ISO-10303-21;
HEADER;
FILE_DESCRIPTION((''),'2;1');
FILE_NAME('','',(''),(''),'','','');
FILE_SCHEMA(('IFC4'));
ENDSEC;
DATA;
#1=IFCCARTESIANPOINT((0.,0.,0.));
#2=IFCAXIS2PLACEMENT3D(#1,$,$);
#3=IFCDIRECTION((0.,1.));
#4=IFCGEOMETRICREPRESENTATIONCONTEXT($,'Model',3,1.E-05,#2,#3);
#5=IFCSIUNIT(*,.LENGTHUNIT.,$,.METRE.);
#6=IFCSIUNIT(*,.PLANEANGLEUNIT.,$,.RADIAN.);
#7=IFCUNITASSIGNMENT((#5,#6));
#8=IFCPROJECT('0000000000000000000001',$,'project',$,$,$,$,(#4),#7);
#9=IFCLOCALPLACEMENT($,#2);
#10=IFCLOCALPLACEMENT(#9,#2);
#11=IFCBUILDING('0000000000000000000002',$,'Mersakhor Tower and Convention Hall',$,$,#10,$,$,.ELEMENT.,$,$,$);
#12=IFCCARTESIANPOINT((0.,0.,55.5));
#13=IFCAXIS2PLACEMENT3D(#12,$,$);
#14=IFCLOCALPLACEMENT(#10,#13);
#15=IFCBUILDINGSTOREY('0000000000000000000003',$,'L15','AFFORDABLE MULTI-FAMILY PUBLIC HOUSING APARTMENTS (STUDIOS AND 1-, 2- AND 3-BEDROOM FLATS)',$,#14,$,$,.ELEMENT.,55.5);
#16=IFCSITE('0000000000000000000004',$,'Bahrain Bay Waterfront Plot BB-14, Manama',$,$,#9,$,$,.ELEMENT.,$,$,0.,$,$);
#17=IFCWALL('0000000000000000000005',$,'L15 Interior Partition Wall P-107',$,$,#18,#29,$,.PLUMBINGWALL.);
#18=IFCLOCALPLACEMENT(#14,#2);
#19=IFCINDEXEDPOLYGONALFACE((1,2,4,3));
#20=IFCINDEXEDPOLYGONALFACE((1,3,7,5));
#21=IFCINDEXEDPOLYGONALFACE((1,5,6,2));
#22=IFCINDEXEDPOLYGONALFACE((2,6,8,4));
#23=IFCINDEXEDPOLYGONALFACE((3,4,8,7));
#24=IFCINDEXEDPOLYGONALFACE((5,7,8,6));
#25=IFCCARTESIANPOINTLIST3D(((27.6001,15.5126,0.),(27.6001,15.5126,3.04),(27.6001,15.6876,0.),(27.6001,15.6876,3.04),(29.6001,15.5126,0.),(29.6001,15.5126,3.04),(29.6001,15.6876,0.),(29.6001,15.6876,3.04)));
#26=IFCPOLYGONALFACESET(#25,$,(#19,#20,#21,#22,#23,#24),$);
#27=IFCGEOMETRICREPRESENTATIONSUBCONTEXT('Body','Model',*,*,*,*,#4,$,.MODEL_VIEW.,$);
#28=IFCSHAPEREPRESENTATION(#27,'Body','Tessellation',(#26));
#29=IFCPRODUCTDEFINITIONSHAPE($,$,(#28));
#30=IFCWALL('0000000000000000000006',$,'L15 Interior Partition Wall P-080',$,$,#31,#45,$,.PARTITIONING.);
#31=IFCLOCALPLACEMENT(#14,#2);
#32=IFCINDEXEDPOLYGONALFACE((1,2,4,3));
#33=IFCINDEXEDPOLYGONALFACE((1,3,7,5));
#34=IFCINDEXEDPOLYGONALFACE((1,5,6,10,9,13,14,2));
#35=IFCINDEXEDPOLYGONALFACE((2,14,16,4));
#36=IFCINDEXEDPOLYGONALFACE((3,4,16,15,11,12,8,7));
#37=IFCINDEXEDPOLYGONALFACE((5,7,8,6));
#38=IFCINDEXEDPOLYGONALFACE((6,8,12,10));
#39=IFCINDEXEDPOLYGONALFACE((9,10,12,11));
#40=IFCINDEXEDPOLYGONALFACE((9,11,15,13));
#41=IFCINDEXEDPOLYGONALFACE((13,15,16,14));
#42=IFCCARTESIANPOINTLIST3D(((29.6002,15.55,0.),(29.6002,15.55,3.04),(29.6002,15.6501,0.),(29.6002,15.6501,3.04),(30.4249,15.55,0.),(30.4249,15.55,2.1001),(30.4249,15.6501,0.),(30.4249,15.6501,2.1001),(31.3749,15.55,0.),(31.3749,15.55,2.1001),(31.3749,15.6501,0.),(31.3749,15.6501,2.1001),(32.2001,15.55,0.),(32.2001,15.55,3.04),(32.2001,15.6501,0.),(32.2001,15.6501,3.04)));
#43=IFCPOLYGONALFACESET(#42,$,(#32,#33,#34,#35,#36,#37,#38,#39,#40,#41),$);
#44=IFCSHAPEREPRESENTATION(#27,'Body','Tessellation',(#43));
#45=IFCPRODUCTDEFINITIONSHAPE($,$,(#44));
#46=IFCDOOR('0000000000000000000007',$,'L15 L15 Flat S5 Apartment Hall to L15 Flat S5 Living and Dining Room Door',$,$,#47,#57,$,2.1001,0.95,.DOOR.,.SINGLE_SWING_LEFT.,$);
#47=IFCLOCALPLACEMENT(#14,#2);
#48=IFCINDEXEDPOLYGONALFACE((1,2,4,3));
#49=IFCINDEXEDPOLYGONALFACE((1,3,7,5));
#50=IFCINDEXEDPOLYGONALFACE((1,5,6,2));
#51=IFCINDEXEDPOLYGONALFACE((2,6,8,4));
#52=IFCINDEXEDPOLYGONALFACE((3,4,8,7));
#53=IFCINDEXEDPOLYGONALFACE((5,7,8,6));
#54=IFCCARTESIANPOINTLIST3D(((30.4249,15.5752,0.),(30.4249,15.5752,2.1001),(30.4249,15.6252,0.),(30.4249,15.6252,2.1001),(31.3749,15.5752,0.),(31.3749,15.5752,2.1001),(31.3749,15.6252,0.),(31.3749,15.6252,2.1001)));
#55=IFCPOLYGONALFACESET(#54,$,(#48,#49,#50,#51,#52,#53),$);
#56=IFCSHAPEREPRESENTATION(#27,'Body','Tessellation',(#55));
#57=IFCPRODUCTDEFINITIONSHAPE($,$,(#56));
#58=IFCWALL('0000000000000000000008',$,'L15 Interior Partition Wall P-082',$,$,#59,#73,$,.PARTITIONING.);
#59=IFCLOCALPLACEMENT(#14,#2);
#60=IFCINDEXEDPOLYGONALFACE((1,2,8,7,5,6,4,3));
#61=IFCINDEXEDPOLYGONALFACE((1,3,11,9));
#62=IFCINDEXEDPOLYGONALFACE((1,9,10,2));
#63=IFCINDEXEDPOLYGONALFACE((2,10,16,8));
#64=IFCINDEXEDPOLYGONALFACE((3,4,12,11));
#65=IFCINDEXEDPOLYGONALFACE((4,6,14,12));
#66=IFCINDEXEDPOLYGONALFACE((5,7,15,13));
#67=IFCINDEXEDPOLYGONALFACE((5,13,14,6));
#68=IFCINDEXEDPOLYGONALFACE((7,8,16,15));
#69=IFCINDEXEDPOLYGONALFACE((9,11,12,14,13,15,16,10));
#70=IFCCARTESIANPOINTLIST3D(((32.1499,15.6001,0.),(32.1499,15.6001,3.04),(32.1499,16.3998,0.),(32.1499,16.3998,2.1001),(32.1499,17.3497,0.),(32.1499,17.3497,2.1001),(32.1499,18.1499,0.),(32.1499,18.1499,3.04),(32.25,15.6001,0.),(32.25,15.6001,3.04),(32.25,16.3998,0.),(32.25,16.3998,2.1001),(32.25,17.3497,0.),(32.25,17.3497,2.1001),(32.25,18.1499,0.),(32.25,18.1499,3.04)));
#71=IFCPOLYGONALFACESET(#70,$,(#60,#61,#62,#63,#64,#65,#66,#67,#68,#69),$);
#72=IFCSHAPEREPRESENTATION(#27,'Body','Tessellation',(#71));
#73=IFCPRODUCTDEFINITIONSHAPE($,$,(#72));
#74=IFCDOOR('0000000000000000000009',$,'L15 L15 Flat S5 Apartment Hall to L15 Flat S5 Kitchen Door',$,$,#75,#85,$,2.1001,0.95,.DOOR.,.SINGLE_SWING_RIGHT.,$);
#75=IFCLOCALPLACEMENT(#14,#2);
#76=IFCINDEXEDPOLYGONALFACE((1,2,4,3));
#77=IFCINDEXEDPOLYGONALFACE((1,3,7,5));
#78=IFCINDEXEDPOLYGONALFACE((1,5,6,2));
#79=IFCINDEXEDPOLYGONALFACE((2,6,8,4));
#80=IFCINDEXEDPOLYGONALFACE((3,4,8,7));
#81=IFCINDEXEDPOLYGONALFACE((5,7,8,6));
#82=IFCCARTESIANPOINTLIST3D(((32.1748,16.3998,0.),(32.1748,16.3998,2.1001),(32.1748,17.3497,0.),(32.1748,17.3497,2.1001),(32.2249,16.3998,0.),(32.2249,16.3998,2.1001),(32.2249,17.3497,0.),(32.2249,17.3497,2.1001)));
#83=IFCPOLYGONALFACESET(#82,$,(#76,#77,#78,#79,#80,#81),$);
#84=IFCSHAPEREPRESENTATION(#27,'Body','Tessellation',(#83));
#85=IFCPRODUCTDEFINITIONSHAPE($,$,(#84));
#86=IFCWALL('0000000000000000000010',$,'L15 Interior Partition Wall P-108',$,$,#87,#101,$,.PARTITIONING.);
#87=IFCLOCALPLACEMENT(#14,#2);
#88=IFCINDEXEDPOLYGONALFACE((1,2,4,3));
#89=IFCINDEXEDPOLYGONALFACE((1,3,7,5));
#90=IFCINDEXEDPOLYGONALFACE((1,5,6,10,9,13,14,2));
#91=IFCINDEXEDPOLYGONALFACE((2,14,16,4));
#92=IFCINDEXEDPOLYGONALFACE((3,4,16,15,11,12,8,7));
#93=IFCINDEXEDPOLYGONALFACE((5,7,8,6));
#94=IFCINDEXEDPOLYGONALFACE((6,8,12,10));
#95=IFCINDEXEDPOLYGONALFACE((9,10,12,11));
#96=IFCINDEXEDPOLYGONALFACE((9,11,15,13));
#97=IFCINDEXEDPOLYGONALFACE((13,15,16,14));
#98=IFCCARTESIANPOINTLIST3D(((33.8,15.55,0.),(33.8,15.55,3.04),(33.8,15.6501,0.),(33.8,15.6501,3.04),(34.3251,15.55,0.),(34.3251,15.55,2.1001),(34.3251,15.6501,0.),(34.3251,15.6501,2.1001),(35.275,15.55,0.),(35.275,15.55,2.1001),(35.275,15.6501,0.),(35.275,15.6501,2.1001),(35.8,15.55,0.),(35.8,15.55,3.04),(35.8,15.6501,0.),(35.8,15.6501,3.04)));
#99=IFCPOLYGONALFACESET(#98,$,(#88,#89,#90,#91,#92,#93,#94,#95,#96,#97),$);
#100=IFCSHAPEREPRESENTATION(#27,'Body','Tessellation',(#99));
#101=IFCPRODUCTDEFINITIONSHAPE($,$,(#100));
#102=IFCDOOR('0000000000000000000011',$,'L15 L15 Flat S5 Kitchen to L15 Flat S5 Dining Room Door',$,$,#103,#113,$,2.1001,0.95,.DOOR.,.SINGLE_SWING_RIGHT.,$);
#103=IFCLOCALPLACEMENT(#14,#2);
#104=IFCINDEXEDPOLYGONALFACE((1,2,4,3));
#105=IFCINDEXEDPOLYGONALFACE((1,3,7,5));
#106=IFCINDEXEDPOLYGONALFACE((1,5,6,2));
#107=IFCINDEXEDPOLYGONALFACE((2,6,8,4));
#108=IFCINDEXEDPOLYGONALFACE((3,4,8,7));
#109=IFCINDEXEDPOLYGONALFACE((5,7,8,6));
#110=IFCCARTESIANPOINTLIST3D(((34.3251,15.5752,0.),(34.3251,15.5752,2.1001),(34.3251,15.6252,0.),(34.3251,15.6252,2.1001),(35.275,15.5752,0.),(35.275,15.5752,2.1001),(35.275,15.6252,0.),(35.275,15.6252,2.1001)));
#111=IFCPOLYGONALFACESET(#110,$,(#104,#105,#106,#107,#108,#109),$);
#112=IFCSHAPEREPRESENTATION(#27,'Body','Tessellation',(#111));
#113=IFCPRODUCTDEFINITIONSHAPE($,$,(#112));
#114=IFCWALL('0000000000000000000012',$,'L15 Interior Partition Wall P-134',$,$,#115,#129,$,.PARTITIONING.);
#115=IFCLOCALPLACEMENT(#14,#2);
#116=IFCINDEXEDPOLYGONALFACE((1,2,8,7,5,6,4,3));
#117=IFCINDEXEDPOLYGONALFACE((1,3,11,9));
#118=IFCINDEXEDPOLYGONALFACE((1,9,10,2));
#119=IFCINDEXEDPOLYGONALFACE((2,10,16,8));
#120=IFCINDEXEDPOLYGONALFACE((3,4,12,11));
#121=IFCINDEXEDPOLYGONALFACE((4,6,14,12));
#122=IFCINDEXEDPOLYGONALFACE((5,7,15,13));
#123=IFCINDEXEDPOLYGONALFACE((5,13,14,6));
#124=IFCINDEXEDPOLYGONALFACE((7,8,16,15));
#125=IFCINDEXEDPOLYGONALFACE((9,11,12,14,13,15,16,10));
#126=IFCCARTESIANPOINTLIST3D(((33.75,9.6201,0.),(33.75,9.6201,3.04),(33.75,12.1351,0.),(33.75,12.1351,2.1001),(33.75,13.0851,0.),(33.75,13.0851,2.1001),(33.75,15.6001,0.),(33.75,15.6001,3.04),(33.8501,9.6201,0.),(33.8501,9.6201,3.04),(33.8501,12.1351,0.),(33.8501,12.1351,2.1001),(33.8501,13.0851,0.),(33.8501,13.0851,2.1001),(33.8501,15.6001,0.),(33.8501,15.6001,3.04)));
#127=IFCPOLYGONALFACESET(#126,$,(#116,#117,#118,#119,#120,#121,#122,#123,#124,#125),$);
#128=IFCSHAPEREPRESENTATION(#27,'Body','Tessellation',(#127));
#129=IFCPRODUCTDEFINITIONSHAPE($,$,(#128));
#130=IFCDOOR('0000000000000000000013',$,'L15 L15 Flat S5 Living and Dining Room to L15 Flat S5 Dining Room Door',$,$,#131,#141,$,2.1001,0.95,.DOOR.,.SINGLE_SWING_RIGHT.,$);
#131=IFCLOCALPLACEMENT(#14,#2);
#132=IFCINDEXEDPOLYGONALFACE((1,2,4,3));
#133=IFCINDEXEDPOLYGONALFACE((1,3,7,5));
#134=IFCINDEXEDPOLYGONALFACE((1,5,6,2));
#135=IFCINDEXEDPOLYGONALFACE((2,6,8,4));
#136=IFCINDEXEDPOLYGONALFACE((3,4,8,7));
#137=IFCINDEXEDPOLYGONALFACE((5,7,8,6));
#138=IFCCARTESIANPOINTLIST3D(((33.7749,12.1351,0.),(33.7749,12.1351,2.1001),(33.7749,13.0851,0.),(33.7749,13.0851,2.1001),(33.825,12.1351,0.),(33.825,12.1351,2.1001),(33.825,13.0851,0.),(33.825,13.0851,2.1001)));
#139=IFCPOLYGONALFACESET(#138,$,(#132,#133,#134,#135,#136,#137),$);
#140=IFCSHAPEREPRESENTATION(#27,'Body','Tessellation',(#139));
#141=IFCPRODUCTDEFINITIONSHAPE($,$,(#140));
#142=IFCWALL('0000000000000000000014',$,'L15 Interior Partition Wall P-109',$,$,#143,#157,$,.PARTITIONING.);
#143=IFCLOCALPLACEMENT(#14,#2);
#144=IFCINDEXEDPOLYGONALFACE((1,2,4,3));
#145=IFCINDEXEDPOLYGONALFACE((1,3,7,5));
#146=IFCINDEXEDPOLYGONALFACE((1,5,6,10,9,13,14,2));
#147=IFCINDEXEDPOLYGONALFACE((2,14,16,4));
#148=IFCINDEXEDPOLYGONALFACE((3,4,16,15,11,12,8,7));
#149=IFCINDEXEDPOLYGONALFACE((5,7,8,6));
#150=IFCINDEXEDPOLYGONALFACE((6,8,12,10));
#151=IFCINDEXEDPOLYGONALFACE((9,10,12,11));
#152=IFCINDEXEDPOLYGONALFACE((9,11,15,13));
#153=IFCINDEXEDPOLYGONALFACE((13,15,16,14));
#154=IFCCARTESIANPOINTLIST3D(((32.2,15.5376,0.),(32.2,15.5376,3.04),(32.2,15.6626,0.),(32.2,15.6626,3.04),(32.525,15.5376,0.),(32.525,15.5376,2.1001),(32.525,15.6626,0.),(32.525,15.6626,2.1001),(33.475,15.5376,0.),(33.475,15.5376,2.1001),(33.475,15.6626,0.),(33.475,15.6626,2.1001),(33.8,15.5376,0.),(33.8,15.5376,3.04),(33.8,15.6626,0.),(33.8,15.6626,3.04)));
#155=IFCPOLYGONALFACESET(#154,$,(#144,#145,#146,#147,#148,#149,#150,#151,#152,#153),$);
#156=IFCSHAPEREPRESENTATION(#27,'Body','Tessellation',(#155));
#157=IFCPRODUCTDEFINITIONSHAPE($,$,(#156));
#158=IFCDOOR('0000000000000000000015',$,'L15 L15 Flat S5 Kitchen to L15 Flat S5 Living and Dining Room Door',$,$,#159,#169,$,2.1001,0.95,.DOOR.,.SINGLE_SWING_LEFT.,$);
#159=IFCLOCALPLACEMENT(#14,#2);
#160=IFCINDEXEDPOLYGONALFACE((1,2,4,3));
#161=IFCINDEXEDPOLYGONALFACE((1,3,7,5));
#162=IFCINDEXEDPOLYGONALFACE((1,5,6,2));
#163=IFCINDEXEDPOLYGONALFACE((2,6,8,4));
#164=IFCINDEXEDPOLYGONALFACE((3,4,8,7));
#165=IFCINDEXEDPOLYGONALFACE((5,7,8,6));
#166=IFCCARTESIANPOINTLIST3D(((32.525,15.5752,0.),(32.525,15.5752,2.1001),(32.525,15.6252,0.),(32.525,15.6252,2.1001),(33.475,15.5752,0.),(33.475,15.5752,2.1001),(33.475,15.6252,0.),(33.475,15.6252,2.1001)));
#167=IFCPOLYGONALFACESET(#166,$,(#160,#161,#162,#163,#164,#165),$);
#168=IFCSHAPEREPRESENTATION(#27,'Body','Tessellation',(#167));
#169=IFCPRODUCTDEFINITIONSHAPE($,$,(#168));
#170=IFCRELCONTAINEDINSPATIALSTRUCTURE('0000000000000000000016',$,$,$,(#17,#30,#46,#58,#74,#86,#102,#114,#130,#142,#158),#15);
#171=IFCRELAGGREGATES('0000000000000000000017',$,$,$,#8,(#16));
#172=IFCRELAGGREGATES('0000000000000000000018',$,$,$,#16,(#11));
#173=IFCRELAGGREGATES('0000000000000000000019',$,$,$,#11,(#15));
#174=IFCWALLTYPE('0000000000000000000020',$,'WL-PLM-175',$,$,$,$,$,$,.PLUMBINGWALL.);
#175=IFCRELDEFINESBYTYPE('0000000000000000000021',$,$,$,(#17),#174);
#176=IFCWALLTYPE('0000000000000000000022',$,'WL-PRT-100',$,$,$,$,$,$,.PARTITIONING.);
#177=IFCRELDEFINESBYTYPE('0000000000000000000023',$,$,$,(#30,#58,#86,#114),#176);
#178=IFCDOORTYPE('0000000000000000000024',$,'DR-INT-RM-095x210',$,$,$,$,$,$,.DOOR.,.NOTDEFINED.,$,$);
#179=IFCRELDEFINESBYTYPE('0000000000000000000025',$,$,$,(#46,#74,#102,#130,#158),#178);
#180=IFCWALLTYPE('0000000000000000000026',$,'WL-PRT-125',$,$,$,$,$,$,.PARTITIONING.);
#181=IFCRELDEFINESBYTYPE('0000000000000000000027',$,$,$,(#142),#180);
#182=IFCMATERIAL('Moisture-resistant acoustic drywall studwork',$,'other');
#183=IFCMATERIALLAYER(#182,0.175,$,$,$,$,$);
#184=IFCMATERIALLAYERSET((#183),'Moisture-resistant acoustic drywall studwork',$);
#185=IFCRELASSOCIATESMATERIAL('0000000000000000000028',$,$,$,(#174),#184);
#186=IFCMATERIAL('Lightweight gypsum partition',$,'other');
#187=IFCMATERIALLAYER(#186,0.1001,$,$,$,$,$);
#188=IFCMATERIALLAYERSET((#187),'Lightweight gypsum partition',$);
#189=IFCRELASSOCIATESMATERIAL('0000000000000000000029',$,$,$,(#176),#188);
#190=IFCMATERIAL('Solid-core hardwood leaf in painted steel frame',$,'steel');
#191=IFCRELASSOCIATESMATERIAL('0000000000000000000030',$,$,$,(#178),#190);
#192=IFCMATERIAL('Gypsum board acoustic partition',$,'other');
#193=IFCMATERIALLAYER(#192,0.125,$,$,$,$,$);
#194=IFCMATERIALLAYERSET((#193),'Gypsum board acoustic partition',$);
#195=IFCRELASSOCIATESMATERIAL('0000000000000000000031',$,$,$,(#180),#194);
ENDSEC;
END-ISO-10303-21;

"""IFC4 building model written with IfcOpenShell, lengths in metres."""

from ifc_helpers import new_model, si_unit, direction, frame, frame_2d, origin, place, context, subcontext, project, spatial, rectangle, extrude, material, layer, layer_set, type_object, element, fill, save


model = new_model("IFC4")

# Units and contexts
model_context = context("Model", 3, precision=1e-05, world=origin(), true_north=direction((0.0, 1.0)))
body_context = subcontext(model_context, "Body", "Model", "MODEL_VIEW")
ifc_project = project(units=[si_unit("LENGTHUNIT", "METRE"), si_unit("PLANEANGLEUNIT", "RADIAN")], contexts=[model_context])

# Site, building, storey
site_placement = place(None, origin())
site = spatial("IfcSite", under=ifc_project, at=site_placement, Name="Bahrain Bay Waterfront Plot BB-14, Manama", CompositionType="ELEMENT", RefElevation=0.0)
building_placement = place(site_placement, origin())
building = spatial("IfcBuilding", under=site, at=building_placement, Name="Mersakhor Tower and Convention Hall", CompositionType="ELEMENT")
storey_placement = place(building_placement, frame((0.0, 0.0, 55.5)))
storey = spatial("IfcBuildingStorey", under=building, at=storey_placement, Name="L15", Description="AFFORDABLE MULTI-FAMILY PUBLIC HOUSING APARTMENTS (STUDIOS AND 1-, 2- AND 3-BEDROOM FLATS)", CompositionType="ELEMENT", Elevation=55.5)

# Wall
ifc_material_1 = material(Name="Moisture-resistant acoustic drywall studwork", Category="other")
ifc_layer_1 = layer(ifc_material_1, 0.175)
ifc_layer_set_1 = layer_set([ifc_layer_1], Name="Moisture-resistant acoustic drywall studwork")
wall_type_1 = type_object("IfcWallType", Name="WL-PLM-175", PredefinedType="PLUMBINGWALL", material=ifc_layer_set_1)
wall_1_placement = place(storey_placement, frame((29.6001, 15.6001, 0.0), z_axis=(0.0, 0.0, 1.0), x_axis=(-1.0, 0.0, 0.0)))
element("IfcWall", 1, at=wall_1_placement, inside=storey, type_object=wall_type_1, Name="L15 Interior Partition Wall P-107", PredefinedType="PLUMBINGWALL", context=body_context, shape_type="SweptSolid", body=[
    extrude(rectangle(XDim=2.0, YDim=0.175, at=frame_2d((1.0, 0.0))), origin(), (0.0, 0.0, 1.0), 3.04),
])

# Walls, openings, doors
ifc_material_2 = material(Name="Lightweight gypsum partition", Category="other")
ifc_layer_2 = layer(ifc_material_2, 0.1001)
ifc_layer_set_2 = layer_set([ifc_layer_2], Name="Lightweight gypsum partition")
wall_type_2 = type_object("IfcWallType", Name="WL-PRT-100", PredefinedType="PARTITIONING", material=ifc_layer_set_2)
wall_2_placement = place(storey_placement, frame((32.2, 15.6001, 0.0), z_axis=(0.0, 0.0, 1.0), x_axis=(-1.0, 0.0, 0.0)))
wall_2 = element("IfcWall", 2, at=wall_2_placement, inside=storey, type_object=wall_type_2, Name="L15 Interior Partition Wall P-080", PredefinedType="PARTITIONING", context=body_context, shape_type="SweptSolid", body=[
    extrude(rectangle(XDim=2.5999, YDim=0.1001, at=frame_2d((1.2998, 0.0))), origin(), (0.0, 0.0, 1.0), 3.04),
])
opening_1_placement = place(wall_2_placement, frame((0.825, 0.0, 0.0)))
opening_1 = element("IfcOpeningElement", 3, at=opening_1_placement, cuts=wall_2, PredefinedType="OPENING", context=body_context, shape_type="SweptSolid", body=[
    extrude(rectangle(XDim=0.95, YDim=2.1001, at=frame_2d((0.4751, 1.05))), frame((0.0, 0.0601, 0.0), z_axis=(0.0, -1.0, 0.0), x_axis=(1.0, 0.0, 0.0)), (0.0, 0.0, 1.0), 0.1201),
])
ifc_material_3 = material(Name="Solid-core hardwood leaf in painted steel frame", Category="steel")
door_type_1 = type_object("IfcDoorType", Name="DR-INT-RM-095x210", OperationType="NOTDEFINED", PredefinedType="DOOR", material=ifc_material_3)
door_1_placement = place(opening_1_placement, origin())
door_1 = element("IfcDoor", 4, at=door_1_placement, inside=storey, type_object=door_type_1, Name="L15 L15 Flat S5 Apartment Hall to L15 Flat S5 Living and Dining Room Door", OperationType="SINGLE_SWING_LEFT", OverallHeight=2.1001, OverallWidth=0.95, PredefinedType="DOOR", context=body_context, shape_type="SweptSolid", body=[
    extrude(rectangle(XDim=0.95, YDim=2.1001, at=frame_2d((0.4751, 1.05))), frame((0.0, 0.0249, 0.0), z_axis=(0.0, -1.0, 0.0), x_axis=(1.0, 0.0, 0.0)), (0.0, 0.0, 1.0), 0.05),
])
fill(opening_1, door_1)
wall_3_placement = place(storey_placement, frame((32.2, 18.1499, 0.0), z_axis=(0.0, 0.0, 1.0), x_axis=(0.0, -1.0, 0.0)))
wall_3 = element("IfcWall", 5, at=wall_3_placement, inside=storey, type_object=wall_type_2, Name="L15 Interior Partition Wall P-082", PredefinedType="PARTITIONING", context=body_context, shape_type="SweptSolid", body=[
    extrude(rectangle(XDim=2.5498, YDim=0.1001, at=frame_2d((1.2749, 0.0))), origin(), (0.0, 0.0, 1.0), 3.04),
])
opening_2_placement = place(wall_3_placement, frame((0.8, 0.0, 0.0)))
opening_2 = element("IfcOpeningElement", 6, at=opening_2_placement, cuts=wall_3, PredefinedType="OPENING", context=body_context, shape_type="SweptSolid", body=[
    extrude(rectangle(XDim=0.95, YDim=2.1001, at=frame_2d((0.4751, 1.05))), frame((0.0, 0.0601, 0.0), z_axis=(0.0, -1.0, 0.0), x_axis=(1.0, 0.0, 0.0)), (0.0, 0.0, 1.0), 0.1201),
])
door_2_placement = place(opening_2_placement, origin())
door_2 = element("IfcDoor", 7, at=door_2_placement, inside=storey, type_object=door_type_1, Name="L15 L15 Flat S5 Apartment Hall to L15 Flat S5 Kitchen Door", OperationType="SINGLE_SWING_RIGHT", OverallHeight=2.1001, OverallWidth=0.95, PredefinedType="DOOR", context=body_context, shape_type="SweptSolid", body=[
    extrude(rectangle(XDim=0.95, YDim=2.1001, at=frame_2d((0.4751, 1.05))), frame((0.0, 0.0249, 0.0), z_axis=(0.0, -1.0, 0.0), x_axis=(1.0, 0.0, 0.0)), (0.0, 0.0, 1.0), 0.05),
])
fill(opening_2, door_2)
wall_4_placement = place(storey_placement, frame((35.8, 15.6001, 0.0), z_axis=(0.0, 0.0, 1.0), x_axis=(-1.0, 0.0, 0.0)))
wall_4 = element("IfcWall", 8, at=wall_4_placement, inside=storey, type_object=wall_type_2, Name="L15 Interior Partition Wall P-108", PredefinedType="PARTITIONING", context=body_context, shape_type="SweptSolid", body=[
    extrude(rectangle(XDim=2.0, YDim=0.1001, at=frame_2d((1.0, 0.0))), origin(), (0.0, 0.0, 1.0), 3.04),
])
opening_3_placement = place(wall_4_placement, frame((0.5249, 0.0, 0.0)))
opening_3 = element("IfcOpeningElement", 9, at=opening_3_placement, cuts=wall_4, PredefinedType="OPENING", context=body_context, shape_type="SweptSolid", body=[
    extrude(rectangle(XDim=0.95, YDim=2.1001, at=frame_2d((0.4751, 1.05))), frame((0.0, 0.0601, 0.0), z_axis=(0.0, -1.0, 0.0), x_axis=(1.0, 0.0, 0.0)), (0.0, 0.0, 1.0), 0.1201),
])
door_3_placement = place(opening_3_placement, origin())
door_3 = element("IfcDoor", 10, at=door_3_placement, inside=storey, type_object=door_type_1, Name="L15 L15 Flat S5 Kitchen to L15 Flat S5 Dining Room Door", OperationType="SINGLE_SWING_RIGHT", OverallHeight=2.1001, OverallWidth=0.95, PredefinedType="DOOR", context=body_context, shape_type="SweptSolid", body=[
    extrude(rectangle(XDim=0.95, YDim=2.1001, at=frame_2d((0.4751, 1.05))), frame((0.0, 0.0249, 0.0), z_axis=(0.0, -1.0, 0.0), x_axis=(1.0, 0.0, 0.0)), (0.0, 0.0, 1.0), 0.05),
])
fill(opening_3, door_3)
wall_5_placement = place(storey_placement, frame((33.8, 15.6001, 0.0), z_axis=(0.0, 0.0, 1.0), x_axis=(0.0, -1.0, 0.0)))
wall_5 = element("IfcWall", 11, at=wall_5_placement, inside=storey, type_object=wall_type_2, Name="L15 Interior Partition Wall P-134", PredefinedType="PARTITIONING", context=body_context, shape_type="SweptSolid", body=[
    extrude(rectangle(XDim=5.98, YDim=0.1001, at=frame_2d((2.99, 0.0))), origin(), (0.0, 0.0, 1.0), 3.04),
])
opening_4_placement = place(wall_5_placement, frame((2.5149, 0.0, 0.0)))
opening_4 = element("IfcOpeningElement", 12, at=opening_4_placement, cuts=wall_5, PredefinedType="OPENING", context=body_context, shape_type="SweptSolid", body=[
    extrude(rectangle(XDim=0.95, YDim=2.1001, at=frame_2d((0.4751, 1.05))), frame((0.0, 0.0601, 0.0), z_axis=(0.0, -1.0, 0.0), x_axis=(1.0, 0.0, 0.0)), (0.0, 0.0, 1.0), 0.1201),
])
door_4_placement = place(opening_4_placement, origin())
door_4 = element("IfcDoor", 13, at=door_4_placement, inside=storey, type_object=door_type_1, Name="L15 L15 Flat S5 Living and Dining Room to L15 Flat S5 Dining Room Door", OperationType="SINGLE_SWING_RIGHT", OverallHeight=2.1001, OverallWidth=0.95, PredefinedType="DOOR", context=body_context, shape_type="SweptSolid", body=[
    extrude(rectangle(XDim=0.95, YDim=2.1001, at=frame_2d((0.4751, 1.05))), frame((0.0, 0.0249, 0.0), z_axis=(0.0, -1.0, 0.0), x_axis=(1.0, 0.0, 0.0)), (0.0, 0.0, 1.0), 0.05),
])
fill(opening_4, door_4)
ifc_material_4 = material(Name="Gypsum board acoustic partition", Category="other")
ifc_layer_3 = layer(ifc_material_4, 0.125)
ifc_layer_set_3 = layer_set([ifc_layer_3], Name="Gypsum board acoustic partition")
wall_type_3 = type_object("IfcWallType", Name="WL-PRT-125", PredefinedType="PARTITIONING", material=ifc_layer_set_3)
wall_6_placement = place(storey_placement, frame((33.8, 15.6001, 0.0), z_axis=(0.0, 0.0, 1.0), x_axis=(-1.0, 0.0, 0.0)))
wall_6 = element("IfcWall", 14, at=wall_6_placement, inside=storey, type_object=wall_type_3, Name="L15 Interior Partition Wall P-109", PredefinedType="PARTITIONING", context=body_context, shape_type="SweptSolid", body=[
    extrude(rectangle(XDim=1.6001, YDim=0.125, at=frame_2d((0.8, 0.0))), origin(), (0.0, 0.0, 1.0), 3.04),
])
opening_5_placement = place(wall_6_placement, frame((0.325, 0.0, 0.0)))
opening_5 = element("IfcOpeningElement", 15, at=opening_5_placement, cuts=wall_6, PredefinedType="OPENING", context=body_context, shape_type="SweptSolid", body=[
    extrude(rectangle(XDim=0.95, YDim=2.1001, at=frame_2d((0.4751, 1.05))), frame((0.0, 0.0725, 0.0), z_axis=(0.0, -1.0, 0.0), x_axis=(1.0, 0.0, 0.0)), (0.0, 0.0, 1.0), 0.145),
])
door_5_placement = place(opening_5_placement, origin())
door_5 = element("IfcDoor", 16, at=door_5_placement, inside=storey, type_object=door_type_1, Name="L15 L15 Flat S5 Kitchen to L15 Flat S5 Living and Dining Room Door", OperationType="SINGLE_SWING_LEFT", OverallHeight=2.1001, OverallWidth=0.95, PredefinedType="DOOR", context=body_context, shape_type="SweptSolid", body=[
    extrude(rectangle(XDim=0.95, YDim=2.1001, at=frame_2d((0.4751, 1.05))), frame((0.0, 0.0249, 0.0), z_axis=(0.0, -1.0, 0.0), x_axis=(1.0, 0.0, 0.0)), (0.0, 0.0, 1.0), 0.05),
])
fill(opening_5, door_5)

save(model, "model.ifc")
